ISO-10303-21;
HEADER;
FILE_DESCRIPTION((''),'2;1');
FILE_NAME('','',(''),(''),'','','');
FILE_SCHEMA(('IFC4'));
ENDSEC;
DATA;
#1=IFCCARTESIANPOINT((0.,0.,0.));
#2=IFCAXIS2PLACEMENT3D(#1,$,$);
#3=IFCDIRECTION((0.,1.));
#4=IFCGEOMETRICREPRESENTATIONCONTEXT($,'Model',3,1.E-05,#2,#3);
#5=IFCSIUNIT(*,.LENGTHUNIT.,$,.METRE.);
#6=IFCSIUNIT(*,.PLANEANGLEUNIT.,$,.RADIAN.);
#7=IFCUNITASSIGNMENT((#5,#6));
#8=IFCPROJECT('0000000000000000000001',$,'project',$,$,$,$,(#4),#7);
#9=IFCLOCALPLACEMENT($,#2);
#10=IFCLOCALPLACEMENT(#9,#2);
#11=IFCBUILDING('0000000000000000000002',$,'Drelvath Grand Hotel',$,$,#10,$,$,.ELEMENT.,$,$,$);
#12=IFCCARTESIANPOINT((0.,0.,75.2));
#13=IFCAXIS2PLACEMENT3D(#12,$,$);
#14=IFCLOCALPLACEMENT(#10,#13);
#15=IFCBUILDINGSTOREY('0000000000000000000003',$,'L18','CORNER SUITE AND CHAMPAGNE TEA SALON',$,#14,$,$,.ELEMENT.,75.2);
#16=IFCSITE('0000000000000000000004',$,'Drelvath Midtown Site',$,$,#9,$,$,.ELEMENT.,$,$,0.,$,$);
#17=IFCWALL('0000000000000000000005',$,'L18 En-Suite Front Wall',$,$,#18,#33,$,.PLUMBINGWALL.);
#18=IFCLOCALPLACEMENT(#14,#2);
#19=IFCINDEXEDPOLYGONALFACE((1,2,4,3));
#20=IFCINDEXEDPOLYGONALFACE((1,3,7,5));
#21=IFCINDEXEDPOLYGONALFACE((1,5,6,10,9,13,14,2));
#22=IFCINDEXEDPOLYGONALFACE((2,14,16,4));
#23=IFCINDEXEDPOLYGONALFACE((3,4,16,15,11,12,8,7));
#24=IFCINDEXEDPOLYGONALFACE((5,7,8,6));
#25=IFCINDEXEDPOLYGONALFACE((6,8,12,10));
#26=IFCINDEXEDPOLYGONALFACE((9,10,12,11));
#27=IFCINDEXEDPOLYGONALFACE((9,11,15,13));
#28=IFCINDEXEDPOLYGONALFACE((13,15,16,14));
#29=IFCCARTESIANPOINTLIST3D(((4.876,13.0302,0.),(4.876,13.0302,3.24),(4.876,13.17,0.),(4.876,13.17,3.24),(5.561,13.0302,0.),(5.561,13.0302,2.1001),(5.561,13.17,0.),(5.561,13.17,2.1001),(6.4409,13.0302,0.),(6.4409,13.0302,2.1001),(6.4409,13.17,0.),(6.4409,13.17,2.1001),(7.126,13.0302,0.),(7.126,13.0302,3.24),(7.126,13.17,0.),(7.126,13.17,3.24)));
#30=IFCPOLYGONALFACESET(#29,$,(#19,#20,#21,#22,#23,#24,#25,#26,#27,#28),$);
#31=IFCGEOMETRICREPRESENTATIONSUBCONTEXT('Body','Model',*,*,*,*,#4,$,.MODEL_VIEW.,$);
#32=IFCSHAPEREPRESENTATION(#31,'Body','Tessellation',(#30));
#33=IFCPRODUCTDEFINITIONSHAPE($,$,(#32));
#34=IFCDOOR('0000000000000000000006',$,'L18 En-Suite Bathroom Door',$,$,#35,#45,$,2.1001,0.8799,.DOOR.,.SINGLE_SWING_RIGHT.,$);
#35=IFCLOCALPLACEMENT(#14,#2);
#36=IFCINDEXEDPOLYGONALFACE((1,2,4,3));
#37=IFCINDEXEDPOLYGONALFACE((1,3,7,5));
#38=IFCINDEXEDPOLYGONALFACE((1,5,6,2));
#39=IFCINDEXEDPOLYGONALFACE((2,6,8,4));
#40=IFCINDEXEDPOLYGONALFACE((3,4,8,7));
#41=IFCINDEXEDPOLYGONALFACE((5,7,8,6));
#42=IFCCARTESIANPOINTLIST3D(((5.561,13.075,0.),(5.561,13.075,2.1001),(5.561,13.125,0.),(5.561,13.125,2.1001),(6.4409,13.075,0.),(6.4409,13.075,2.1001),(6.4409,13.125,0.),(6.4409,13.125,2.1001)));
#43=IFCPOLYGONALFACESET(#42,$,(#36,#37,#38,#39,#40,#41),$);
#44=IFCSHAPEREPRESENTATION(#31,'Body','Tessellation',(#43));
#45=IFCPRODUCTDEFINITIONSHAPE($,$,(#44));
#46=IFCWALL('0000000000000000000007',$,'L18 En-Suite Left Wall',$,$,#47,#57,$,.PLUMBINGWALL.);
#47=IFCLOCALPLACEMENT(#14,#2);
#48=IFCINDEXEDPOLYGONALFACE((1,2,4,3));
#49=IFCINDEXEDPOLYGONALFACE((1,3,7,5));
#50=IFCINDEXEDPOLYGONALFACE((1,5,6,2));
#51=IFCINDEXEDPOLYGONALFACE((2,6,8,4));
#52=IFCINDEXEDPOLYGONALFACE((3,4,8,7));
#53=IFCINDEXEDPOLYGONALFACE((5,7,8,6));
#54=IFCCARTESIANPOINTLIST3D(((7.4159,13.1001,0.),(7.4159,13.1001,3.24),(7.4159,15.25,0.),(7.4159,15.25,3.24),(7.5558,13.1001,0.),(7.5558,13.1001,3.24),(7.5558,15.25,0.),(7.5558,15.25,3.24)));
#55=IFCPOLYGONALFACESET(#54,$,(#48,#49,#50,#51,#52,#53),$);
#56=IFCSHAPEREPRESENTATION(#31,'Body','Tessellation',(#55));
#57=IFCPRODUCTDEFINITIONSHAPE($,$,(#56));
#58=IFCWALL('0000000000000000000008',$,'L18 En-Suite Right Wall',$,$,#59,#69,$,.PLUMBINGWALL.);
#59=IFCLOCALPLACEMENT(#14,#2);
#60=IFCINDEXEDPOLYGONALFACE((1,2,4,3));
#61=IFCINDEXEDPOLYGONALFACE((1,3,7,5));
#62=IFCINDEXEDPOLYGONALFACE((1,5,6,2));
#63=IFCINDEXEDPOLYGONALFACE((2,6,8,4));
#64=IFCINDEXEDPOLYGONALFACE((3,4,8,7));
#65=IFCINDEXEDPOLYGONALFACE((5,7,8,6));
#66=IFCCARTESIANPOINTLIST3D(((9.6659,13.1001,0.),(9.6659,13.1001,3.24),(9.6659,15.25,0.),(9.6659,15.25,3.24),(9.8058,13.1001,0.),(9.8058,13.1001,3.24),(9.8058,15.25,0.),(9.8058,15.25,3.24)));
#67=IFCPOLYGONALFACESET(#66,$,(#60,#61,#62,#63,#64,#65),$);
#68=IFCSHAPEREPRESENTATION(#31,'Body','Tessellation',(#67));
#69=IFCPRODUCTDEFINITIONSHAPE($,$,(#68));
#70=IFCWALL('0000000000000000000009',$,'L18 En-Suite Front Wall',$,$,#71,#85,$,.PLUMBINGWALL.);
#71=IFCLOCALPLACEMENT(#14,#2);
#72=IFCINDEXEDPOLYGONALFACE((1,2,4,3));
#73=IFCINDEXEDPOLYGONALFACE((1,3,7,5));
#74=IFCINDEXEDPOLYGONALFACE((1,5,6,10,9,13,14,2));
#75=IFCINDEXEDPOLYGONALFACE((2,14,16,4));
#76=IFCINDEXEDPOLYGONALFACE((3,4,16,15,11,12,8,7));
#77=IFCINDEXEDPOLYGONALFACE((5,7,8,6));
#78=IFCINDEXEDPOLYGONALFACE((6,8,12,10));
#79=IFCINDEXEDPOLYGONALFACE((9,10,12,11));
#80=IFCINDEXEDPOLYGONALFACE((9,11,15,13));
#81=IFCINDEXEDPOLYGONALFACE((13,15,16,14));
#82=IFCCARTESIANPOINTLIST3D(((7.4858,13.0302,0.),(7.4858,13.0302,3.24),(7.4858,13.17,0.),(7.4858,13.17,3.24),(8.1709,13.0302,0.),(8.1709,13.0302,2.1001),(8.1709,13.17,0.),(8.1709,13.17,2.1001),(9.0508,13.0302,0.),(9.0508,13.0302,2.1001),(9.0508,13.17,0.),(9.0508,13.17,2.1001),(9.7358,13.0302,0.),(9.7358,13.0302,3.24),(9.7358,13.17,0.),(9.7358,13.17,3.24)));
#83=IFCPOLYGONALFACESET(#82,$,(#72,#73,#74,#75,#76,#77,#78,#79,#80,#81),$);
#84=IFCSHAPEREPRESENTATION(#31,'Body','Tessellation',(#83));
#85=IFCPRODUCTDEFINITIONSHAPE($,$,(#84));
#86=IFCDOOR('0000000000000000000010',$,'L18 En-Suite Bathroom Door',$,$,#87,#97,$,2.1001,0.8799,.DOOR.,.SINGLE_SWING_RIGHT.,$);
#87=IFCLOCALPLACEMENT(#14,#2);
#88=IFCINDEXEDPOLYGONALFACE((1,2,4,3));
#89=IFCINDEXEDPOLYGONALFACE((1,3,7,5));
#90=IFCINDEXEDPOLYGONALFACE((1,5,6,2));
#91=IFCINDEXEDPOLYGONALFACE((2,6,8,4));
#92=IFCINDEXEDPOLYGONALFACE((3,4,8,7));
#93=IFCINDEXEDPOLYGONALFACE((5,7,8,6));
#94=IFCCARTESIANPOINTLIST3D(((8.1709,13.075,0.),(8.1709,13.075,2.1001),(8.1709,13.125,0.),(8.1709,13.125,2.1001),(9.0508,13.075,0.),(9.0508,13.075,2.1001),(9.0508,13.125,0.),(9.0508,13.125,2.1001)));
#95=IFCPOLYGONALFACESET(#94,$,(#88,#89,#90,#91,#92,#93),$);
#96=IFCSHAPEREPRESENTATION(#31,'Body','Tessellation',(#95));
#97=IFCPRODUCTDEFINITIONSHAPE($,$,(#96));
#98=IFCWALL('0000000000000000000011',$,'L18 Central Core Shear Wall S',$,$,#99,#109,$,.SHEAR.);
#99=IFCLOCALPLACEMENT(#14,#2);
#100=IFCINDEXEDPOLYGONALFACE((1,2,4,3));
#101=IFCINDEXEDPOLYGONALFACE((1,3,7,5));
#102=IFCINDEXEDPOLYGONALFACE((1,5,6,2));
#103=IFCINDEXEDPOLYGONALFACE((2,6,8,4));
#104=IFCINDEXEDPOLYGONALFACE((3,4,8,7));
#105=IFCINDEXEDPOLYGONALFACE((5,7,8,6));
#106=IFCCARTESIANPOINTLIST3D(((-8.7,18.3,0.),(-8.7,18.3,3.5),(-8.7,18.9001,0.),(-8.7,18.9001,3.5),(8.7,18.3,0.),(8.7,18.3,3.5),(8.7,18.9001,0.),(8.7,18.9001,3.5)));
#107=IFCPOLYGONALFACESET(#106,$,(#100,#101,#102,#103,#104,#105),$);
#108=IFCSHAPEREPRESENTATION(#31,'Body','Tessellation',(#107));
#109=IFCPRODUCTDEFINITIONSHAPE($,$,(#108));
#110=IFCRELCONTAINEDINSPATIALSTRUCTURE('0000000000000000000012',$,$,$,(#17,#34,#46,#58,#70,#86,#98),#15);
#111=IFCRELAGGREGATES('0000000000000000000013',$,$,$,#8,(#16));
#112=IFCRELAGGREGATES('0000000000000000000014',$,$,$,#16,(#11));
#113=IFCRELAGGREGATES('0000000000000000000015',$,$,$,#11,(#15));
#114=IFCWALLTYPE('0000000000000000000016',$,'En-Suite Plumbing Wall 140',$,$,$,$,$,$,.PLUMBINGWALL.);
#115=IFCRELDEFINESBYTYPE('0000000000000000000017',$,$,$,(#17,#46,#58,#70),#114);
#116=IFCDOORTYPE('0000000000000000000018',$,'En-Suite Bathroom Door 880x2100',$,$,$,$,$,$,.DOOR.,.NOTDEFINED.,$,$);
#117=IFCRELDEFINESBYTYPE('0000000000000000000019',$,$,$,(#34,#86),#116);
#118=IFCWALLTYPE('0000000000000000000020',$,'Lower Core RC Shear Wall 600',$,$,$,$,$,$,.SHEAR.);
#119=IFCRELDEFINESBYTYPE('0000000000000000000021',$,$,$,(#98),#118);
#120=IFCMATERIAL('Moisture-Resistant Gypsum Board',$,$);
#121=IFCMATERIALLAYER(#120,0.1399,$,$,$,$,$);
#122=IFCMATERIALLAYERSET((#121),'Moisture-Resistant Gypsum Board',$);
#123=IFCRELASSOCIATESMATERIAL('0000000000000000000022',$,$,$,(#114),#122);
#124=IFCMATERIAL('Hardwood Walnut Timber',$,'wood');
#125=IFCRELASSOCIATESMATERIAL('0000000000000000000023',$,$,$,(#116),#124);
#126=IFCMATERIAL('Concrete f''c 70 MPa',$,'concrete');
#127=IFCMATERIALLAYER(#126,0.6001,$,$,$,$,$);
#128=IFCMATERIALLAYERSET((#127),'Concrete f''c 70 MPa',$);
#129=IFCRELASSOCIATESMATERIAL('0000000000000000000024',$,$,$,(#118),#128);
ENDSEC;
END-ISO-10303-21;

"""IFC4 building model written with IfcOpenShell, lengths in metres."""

from ifc_helpers import new_model, si_unit, direction, frame, frame_2d, origin, place, context, subcontext, project, spatial, rectangle, extrude, material, layer, layer_set, type_object, element, fill, save


model = new_model("IFC4")

# Units and contexts
model_context = context("Model", 3, precision=1e-05, world=origin(), true_north=direction((0.0, 1.0)))
body_context = subcontext(model_context, "Body", "Model", "MODEL_VIEW")
ifc_project = project(units=[si_unit("LENGTHUNIT", "METRE"), si_unit("PLANEANGLEUNIT", "RADIAN")], contexts=[model_context])

# Site, building, storey
site_placement = place(None, origin())
site = spatial("IfcSite", under=ifc_project, at=site_placement, Name="Drelvath Midtown Site", CompositionType="ELEMENT", RefElevation=0.0)
building_placement = place(site_placement, origin())
building = spatial("IfcBuilding", under=site, at=building_placement, Name="Drelvath Grand Hotel", CompositionType="ELEMENT")
storey_placement = place(building_placement, frame((0.0, 0.0, 75.2)))
storey = spatial("IfcBuildingStorey", under=building, at=storey_placement, Name="L18", Description="CORNER SUITE AND CHAMPAGNE TEA SALON", CompositionType="ELEMENT", Elevation=75.2)

# Shared definitions
ifc_material_1 = material(Name="Concrete f'c 70 MPa", Category="concrete")

# Shared definitions
ifc_material_2 = material(Name="Hardwood Walnut Timber", Category="wood")

# Shared definitions
ifc_material_3 = material(Name="Moisture-Resistant Gypsum Board")
ifc_layer_1 = layer(ifc_material_3, 0.1399)
ifc_layer_set_1 = layer_set([ifc_layer_1], Name="Moisture-Resistant Gypsum Board")
wall_type_1 = type_object("IfcWallType", Name="En-Suite Plumbing Wall 140", PredefinedType="PLUMBINGWALL", material=ifc_layer_set_1)

# Wall, opening, door
wall_1_placement = place(storey_placement, frame((4.876, 13.1001, 0.0), z_axis=(0.0, 0.0, 1.0), x_axis=(1.0, 0.0, 0.0)))
wall_1 = element("IfcWall", 1, at=wall_1_placement, inside=storey, type_object=wall_type_1, Name="L18 En-Suite Front Wall", PredefinedType="PLUMBINGWALL", context=body_context, shape_type="SweptSolid", body=[
    extrude(rectangle(XDim=2.25, YDim=0.1399, at=frame_2d((1.125, 0.0))), origin(), (0.0, 0.0, 1.0), 3.24),
])
opening_1_placement = place(wall_1_placement, frame((0.6851, 0.0, 0.0)))
opening_1 = element("IfcOpeningElement", 2, at=opening_1_placement, cuts=wall_1, PredefinedType="OPENING", context=body_context, shape_type="SweptSolid", body=[
    extrude(rectangle(XDim=0.8799, YDim=2.1001, at=frame_2d((0.4399, 1.05))), frame((0.0, 0.0798, 0.0), z_axis=(0.0, -1.0, 0.0), x_axis=(1.0, 0.0, 0.0)), (0.0, 0.0, 1.0), 0.1599),
])
door_type_1 = type_object("IfcDoorType", Name="En-Suite Bathroom Door 880x2100", OperationType="NOTDEFINED", PredefinedType="DOOR", material=ifc_material_2)
door_1_placement = place(opening_1_placement, origin())
door_1 = element("IfcDoor", 3, at=door_1_placement, inside=storey, type_object=door_type_1, Name="L18 En-Suite Bathroom Door", OperationType="SINGLE_SWING_RIGHT", OverallHeight=2.1001, OverallWidth=0.8799, PredefinedType="DOOR", context=body_context, shape_type="SweptSolid", body=[
    extrude(rectangle(XDim=0.8799, YDim=2.1001, at=frame_2d((0.4399, 1.05))), frame((0.0, 0.0249, 0.0), z_axis=(0.0, -1.0, 0.0), x_axis=(1.0, 0.0, 0.0)), (0.0, 0.0, 1.0), 0.05),
])
fill(opening_1, door_1)

# Walls
for number, where, z_axis, x_axis, name in (
    (4, (7.4858, 15.25, 0.0), (0.0, 0.0, 1.0), (0.0, -1.0, 0.0), "L18 En-Suite Left Wall"),
    (5, (9.7358, 15.25, 0.0), (0.0, 0.0, 1.0), (0.0, -1.0, 0.0), "L18 En-Suite Right Wall"),
):
    element("IfcWall", number, at=place(storey_placement, frame(where, z_axis=z_axis, x_axis=x_axis)), inside=storey, type_object=wall_type_1, Name=name, PredefinedType="PLUMBINGWALL", context=body_context, shape_type="SweptSolid", body=[
        extrude(rectangle(XDim=2.1499, YDim=0.1399, at=frame_2d((1.075, 0.0))), origin(), (0.0, 0.0, 1.0), 3.24),
    ])

# Wall, opening, door
wall_2_placement = place(storey_placement, frame((7.4858, 13.1001, 0.0), z_axis=(0.0, 0.0, 1.0), x_axis=(1.0, 0.0, 0.0)))
wall_2 = element("IfcWall", 6, at=wall_2_placement, inside=storey, type_object=wall_type_1, Name="L18 En-Suite Front Wall", PredefinedType="PLUMBINGWALL", context=body_context, shape_type="SweptSolid", body=[
    extrude(rectangle(XDim=2.25, YDim=0.1399, at=frame_2d((1.125, 0.0))), origin(), (0.0, 0.0, 1.0), 3.24),
])
opening_2_placement = place(wall_2_placement, frame((0.6851, 0.0, 0.0)))
opening_2 = element("IfcOpeningElement", 7, at=opening_2_placement, cuts=wall_2, PredefinedType="OPENING", context=body_context, shape_type="SweptSolid", body=[
    extrude(rectangle(XDim=0.8799, YDim=2.1001, at=frame_2d((0.4399, 1.05))), frame((0.0, 0.0798, 0.0), z_axis=(0.0, -1.0, 0.0), x_axis=(1.0, 0.0, 0.0)), (0.0, 0.0, 1.0), 0.1599),
])
door_2_placement = place(opening_2_placement, origin())
door_2 = element("IfcDoor", 8, at=door_2_placement, inside=storey, type_object=door_type_1, Name="L18 En-Suite Bathroom Door", OperationType="SINGLE_SWING_RIGHT", OverallHeight=2.1001, OverallWidth=0.8799, PredefinedType="DOOR", context=body_context, shape_type="SweptSolid", body=[
    extrude(rectangle(XDim=0.8799, YDim=2.1001, at=frame_2d((0.4399, 1.05))), frame((0.0, 0.0249, 0.0), z_axis=(0.0, -1.0, 0.0), x_axis=(1.0, 0.0, 0.0)), (0.0, 0.0, 1.0), 0.05),
])
fill(opening_2, door_2)

# Wall
ifc_layer_2 = layer(ifc_material_1, 0.6001)
ifc_layer_set_2 = layer_set([ifc_layer_2], Name="Concrete f'c 70 MPa")
wall_type_2 = type_object("IfcWallType", Name="Lower Core RC Shear Wall 600", PredefinedType="SHEAR", material=ifc_layer_set_2)
wall_3_placement = place(storey_placement, frame((8.7, 18.6001, 0.0), z_axis=(0.0, 0.0, 1.0), x_axis=(-1.0, 0.0, 0.0)))
element("IfcWall", 9, at=wall_3_placement, inside=storey, type_object=wall_type_2, Name="L18 Central Core Shear Wall S", PredefinedType="SHEAR", context=body_context, shape_type="SweptSolid", body=[
    extrude(rectangle(XDim=17.3999, YDim=0.6001, at=frame_2d((8.7, 0.0))), origin(), (0.0, 0.0, 1.0), 3.5),
])

save(model, "model.ifc")
